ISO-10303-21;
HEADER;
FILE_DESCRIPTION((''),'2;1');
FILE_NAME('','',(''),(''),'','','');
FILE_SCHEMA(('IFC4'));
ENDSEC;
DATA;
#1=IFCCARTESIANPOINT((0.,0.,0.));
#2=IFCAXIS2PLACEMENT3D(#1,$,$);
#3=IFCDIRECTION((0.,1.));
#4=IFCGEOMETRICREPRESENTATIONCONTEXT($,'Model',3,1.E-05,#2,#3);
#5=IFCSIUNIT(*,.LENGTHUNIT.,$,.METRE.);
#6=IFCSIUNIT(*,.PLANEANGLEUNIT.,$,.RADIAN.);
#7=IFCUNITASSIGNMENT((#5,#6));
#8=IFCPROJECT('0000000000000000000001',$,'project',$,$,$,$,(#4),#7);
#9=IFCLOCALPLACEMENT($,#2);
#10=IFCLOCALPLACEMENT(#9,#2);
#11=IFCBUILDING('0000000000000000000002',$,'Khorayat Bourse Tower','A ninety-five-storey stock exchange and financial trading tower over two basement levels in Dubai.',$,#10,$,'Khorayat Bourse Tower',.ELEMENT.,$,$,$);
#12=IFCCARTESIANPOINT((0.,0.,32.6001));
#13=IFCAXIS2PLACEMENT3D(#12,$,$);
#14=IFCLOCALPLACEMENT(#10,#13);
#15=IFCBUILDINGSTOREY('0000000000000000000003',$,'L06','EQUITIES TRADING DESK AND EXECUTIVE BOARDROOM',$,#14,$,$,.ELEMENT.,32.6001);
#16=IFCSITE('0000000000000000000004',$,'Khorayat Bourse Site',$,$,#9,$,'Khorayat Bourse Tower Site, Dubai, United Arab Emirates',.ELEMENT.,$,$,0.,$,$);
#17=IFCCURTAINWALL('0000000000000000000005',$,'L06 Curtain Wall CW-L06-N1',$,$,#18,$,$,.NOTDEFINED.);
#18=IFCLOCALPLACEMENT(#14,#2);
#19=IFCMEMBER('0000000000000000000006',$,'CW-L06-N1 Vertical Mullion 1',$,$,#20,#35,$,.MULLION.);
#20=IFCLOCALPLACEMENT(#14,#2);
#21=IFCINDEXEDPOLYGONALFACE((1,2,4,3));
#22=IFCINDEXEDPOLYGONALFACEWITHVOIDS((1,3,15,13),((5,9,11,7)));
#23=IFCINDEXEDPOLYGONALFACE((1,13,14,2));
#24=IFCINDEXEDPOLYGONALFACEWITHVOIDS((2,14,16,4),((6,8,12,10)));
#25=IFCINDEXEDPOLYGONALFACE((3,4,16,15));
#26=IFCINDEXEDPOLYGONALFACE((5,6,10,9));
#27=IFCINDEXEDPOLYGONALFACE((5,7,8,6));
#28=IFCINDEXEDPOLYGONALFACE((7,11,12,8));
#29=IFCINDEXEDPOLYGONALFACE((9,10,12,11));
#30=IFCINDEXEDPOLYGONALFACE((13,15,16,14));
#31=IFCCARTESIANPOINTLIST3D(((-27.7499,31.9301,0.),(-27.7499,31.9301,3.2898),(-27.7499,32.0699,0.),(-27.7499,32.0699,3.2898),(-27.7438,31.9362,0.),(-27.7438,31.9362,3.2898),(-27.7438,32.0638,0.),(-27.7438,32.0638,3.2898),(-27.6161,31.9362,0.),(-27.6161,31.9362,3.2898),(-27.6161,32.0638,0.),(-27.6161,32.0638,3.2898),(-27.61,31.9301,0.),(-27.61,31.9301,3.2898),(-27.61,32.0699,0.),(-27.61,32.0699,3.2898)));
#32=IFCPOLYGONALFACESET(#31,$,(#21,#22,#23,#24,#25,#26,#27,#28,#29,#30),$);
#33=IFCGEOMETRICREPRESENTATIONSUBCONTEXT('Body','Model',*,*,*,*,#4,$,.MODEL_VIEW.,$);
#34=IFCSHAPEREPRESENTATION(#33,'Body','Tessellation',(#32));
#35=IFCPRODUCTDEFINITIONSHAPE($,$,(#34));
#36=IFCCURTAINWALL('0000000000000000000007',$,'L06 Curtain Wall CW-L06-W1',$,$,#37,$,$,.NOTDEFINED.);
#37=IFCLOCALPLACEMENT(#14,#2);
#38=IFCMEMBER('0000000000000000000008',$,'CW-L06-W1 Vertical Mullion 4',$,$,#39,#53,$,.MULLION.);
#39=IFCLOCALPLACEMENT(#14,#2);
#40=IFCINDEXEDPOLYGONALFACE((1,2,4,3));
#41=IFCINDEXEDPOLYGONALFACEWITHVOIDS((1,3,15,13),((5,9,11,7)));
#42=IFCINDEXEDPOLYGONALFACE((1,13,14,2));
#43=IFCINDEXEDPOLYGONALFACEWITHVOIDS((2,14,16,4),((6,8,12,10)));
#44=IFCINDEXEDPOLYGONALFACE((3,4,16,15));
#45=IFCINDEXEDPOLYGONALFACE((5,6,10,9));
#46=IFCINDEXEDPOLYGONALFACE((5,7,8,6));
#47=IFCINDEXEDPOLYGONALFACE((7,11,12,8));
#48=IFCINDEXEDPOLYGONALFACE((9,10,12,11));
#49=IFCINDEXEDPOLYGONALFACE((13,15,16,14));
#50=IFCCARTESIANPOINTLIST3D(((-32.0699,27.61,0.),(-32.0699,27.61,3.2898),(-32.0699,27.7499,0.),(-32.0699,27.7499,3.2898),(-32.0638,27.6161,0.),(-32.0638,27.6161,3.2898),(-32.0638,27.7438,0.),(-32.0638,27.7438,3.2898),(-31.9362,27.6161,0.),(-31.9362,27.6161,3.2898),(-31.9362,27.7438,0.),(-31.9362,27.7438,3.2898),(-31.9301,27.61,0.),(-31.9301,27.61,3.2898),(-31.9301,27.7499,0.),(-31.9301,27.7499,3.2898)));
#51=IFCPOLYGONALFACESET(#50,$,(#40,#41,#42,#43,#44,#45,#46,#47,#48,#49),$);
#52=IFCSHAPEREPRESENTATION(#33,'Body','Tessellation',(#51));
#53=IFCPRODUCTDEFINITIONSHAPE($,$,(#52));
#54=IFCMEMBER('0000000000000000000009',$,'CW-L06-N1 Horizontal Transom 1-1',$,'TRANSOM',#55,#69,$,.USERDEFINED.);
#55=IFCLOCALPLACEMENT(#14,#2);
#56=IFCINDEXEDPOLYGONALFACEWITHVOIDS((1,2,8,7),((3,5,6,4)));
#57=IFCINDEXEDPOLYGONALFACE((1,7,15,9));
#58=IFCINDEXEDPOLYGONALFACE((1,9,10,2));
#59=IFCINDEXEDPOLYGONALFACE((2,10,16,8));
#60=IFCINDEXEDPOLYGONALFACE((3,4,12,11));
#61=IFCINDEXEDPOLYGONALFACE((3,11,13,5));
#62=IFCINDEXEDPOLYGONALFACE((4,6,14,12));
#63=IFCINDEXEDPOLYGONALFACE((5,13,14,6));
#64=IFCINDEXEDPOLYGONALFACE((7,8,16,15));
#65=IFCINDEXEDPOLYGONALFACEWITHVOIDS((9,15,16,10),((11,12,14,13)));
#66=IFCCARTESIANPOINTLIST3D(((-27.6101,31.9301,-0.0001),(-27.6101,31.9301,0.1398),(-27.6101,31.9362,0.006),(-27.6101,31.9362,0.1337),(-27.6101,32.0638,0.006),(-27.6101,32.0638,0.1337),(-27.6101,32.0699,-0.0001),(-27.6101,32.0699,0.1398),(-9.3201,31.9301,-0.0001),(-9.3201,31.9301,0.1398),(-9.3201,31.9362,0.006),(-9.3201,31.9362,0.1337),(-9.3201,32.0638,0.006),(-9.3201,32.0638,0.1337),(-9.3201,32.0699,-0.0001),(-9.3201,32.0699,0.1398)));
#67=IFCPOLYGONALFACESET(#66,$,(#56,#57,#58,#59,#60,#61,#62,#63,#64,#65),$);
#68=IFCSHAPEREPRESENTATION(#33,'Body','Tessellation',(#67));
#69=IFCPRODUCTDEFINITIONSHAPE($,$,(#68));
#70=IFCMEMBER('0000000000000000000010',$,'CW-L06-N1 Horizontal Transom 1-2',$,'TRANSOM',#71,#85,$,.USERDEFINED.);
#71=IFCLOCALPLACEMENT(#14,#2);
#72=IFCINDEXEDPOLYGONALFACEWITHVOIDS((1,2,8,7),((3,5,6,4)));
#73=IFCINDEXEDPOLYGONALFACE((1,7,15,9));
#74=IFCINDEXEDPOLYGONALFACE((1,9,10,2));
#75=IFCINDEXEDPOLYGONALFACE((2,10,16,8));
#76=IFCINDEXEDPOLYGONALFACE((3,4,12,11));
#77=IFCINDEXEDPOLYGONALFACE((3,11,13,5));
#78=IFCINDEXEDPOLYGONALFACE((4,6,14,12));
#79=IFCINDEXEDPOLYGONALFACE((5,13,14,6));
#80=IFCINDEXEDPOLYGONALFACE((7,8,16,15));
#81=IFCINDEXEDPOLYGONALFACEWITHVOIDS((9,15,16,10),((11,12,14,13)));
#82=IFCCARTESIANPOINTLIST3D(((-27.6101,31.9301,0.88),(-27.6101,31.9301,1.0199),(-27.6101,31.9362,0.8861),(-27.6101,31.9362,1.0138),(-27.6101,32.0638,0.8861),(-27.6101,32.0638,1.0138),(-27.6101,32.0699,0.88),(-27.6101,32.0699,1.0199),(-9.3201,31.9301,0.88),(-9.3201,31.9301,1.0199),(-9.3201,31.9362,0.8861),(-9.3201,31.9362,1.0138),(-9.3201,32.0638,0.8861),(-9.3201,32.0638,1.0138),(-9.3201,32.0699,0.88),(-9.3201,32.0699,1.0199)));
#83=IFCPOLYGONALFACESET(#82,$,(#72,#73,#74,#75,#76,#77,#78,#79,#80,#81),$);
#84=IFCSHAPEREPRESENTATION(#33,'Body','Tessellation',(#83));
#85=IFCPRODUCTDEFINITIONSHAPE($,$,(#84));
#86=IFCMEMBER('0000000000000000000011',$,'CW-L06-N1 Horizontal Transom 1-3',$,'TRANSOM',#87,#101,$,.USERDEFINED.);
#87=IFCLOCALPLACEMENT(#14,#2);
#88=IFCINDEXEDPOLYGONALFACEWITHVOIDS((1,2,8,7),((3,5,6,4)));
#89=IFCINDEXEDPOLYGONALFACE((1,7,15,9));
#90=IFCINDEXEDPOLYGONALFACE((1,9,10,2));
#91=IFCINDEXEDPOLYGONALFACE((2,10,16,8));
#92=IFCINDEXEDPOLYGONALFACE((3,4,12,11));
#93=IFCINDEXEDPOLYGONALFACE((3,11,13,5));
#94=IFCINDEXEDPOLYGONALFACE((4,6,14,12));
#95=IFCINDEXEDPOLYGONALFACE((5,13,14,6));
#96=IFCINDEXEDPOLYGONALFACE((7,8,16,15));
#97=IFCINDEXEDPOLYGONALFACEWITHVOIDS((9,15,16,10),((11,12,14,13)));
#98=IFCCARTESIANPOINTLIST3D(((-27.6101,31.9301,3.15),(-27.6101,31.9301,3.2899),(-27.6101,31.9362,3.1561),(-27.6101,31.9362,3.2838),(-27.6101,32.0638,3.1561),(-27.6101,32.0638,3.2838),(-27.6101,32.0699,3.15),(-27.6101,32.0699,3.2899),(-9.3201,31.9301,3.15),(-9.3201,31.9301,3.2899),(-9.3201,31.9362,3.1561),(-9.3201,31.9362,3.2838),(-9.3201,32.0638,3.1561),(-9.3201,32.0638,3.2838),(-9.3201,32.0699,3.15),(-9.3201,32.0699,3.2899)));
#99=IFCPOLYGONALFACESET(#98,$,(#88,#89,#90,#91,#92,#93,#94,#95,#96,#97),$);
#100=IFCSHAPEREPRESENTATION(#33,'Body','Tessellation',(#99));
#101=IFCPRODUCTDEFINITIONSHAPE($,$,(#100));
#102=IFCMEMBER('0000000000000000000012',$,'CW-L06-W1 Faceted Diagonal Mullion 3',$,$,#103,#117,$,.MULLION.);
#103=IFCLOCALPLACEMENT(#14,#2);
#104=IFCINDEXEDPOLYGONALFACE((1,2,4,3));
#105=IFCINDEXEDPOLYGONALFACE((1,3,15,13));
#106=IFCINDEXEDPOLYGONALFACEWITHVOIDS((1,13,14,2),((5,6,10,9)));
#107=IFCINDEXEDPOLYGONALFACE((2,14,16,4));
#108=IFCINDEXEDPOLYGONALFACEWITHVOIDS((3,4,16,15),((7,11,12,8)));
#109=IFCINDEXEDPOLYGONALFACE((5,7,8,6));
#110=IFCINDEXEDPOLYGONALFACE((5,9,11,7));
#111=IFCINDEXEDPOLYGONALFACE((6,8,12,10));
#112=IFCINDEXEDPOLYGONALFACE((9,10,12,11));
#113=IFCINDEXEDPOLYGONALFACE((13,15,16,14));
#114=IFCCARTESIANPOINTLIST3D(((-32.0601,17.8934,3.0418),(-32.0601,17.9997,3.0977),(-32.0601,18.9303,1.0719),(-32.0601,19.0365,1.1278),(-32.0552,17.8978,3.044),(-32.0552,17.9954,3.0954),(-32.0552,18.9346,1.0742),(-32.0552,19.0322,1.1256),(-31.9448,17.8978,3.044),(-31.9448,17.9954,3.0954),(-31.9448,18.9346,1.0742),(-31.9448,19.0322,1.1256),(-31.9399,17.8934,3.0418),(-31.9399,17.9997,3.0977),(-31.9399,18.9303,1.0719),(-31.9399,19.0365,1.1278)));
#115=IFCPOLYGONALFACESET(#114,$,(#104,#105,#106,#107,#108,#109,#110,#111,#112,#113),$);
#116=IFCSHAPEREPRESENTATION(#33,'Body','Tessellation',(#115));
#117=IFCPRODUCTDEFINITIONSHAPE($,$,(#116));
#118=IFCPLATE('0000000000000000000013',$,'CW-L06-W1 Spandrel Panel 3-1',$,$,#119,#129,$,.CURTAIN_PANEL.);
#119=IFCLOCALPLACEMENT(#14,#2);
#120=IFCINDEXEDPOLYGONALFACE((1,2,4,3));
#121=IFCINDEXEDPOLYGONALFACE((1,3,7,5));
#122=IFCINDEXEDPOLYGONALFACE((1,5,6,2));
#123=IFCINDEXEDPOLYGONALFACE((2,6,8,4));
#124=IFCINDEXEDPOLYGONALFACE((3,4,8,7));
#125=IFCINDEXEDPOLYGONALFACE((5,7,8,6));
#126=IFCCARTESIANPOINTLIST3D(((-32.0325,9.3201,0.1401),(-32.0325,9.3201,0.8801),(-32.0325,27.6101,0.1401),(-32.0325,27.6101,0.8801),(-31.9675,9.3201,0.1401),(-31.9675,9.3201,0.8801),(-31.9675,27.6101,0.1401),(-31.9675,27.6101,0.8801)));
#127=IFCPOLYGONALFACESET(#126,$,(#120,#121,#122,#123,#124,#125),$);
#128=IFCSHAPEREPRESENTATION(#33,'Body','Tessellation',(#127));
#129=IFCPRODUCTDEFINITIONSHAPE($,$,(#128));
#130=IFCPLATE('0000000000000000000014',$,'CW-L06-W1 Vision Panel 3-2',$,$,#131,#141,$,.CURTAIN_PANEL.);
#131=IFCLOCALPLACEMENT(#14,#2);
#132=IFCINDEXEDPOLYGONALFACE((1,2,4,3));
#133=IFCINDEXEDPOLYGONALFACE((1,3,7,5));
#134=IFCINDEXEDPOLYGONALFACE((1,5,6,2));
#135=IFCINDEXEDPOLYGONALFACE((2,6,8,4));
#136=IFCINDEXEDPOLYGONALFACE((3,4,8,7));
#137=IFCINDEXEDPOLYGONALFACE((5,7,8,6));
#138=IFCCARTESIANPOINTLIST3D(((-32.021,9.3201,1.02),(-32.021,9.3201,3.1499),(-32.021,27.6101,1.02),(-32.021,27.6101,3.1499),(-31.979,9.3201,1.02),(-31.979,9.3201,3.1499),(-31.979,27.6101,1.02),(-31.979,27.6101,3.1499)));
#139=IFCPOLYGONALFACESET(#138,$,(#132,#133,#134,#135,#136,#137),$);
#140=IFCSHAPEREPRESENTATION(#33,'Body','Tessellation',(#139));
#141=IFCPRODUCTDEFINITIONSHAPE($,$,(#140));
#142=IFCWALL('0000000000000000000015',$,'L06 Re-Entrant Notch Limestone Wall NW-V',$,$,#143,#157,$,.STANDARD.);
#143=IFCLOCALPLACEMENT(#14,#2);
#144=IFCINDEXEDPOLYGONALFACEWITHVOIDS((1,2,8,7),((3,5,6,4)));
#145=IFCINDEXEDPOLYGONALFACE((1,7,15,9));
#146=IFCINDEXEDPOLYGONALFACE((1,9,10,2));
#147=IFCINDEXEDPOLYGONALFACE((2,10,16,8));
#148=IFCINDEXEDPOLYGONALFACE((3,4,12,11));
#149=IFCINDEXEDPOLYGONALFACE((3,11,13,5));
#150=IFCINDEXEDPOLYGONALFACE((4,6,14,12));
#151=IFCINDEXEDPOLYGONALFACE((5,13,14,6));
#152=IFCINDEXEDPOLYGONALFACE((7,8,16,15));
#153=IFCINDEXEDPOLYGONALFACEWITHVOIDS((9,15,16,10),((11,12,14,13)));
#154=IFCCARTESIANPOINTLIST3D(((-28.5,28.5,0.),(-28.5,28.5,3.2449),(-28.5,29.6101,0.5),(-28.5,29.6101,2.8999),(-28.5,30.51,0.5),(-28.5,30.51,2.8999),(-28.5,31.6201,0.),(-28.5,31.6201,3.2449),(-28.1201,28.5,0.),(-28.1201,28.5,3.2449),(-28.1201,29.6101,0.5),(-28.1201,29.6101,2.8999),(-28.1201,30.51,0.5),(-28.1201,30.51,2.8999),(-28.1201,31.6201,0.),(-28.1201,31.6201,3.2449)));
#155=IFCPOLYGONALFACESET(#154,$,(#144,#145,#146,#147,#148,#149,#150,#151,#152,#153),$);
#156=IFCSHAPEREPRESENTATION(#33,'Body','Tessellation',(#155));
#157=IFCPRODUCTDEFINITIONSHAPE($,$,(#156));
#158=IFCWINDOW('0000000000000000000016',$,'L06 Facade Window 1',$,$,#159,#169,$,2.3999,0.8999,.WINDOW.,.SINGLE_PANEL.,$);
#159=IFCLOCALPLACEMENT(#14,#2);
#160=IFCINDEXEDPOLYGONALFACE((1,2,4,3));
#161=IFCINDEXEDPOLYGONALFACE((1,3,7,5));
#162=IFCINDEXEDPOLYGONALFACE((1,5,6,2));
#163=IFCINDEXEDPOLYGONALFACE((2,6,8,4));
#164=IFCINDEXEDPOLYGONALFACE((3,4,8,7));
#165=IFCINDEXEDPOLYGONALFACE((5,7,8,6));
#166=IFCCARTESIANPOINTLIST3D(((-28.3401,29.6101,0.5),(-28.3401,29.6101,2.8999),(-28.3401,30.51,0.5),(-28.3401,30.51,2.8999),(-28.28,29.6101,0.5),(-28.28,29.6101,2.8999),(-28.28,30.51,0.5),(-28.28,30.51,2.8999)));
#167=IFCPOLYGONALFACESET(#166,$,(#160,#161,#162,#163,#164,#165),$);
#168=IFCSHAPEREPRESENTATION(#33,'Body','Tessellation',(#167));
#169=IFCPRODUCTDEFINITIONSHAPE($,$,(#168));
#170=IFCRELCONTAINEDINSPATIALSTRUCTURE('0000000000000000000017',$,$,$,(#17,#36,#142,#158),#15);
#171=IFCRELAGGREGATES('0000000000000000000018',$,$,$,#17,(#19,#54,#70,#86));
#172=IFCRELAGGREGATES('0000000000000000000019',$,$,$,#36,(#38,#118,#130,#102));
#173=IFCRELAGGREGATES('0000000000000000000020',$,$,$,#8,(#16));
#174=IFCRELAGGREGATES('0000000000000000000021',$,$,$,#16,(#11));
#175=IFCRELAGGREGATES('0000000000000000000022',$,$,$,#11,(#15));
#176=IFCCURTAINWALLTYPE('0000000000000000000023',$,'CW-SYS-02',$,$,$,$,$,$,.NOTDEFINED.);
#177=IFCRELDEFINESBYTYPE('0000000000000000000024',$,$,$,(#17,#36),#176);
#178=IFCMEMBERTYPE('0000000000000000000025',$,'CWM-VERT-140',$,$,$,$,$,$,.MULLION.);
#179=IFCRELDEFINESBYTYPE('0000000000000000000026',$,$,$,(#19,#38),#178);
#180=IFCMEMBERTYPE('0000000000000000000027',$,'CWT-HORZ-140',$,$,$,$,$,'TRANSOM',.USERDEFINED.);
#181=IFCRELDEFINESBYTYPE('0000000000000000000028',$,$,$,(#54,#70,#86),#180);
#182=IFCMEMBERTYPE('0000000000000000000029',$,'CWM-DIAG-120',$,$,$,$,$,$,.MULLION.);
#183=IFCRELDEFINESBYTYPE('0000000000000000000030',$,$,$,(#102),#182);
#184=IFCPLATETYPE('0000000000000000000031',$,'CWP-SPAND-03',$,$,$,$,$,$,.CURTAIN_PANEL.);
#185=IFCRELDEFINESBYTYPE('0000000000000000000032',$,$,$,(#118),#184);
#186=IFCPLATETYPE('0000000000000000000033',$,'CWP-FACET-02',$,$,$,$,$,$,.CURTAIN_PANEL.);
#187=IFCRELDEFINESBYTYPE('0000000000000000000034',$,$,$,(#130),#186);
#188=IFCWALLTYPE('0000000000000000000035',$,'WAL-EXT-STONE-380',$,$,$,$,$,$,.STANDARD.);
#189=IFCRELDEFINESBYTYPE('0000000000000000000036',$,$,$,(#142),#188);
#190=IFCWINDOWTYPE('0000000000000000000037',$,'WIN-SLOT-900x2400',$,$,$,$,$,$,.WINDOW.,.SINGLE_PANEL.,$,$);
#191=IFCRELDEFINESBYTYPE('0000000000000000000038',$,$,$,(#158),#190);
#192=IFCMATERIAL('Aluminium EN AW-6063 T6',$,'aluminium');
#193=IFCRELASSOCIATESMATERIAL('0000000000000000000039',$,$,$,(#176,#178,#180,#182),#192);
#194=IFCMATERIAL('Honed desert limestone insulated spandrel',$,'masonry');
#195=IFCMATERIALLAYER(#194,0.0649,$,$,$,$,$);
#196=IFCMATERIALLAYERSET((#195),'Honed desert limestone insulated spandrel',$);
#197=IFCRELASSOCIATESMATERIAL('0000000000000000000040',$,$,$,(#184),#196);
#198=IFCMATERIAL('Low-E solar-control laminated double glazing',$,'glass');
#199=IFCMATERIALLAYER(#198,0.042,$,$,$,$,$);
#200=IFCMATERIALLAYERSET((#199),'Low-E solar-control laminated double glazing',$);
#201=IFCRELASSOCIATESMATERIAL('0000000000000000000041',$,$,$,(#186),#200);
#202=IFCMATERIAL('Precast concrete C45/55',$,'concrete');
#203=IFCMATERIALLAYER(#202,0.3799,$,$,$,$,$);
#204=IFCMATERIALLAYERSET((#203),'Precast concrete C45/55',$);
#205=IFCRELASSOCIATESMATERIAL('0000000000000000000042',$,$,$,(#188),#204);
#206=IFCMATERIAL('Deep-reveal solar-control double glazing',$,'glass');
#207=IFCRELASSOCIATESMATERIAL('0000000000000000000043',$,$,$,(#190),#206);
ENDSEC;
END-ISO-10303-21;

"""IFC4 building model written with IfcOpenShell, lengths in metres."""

from ifc_helpers import new_model, si_unit, direction, frame, frame_2d, origin, origin_2d, place, context, subcontext, project, spatial, rectangle, hollow_rectangle, extrude, source, transform, mapped, material, layer, layer_set, material_profile, profile_set, type_object, element, fill, aggregate, save


model = new_model("IFC4")

# Units and contexts
model_context = context("Model", 3, precision=1e-05, world=origin(), true_north=direction((0.0, 1.0)))
body_context = subcontext(model_context, "Body", "Model", "MODEL_VIEW")
ifc_project = project(units=[si_unit("LENGTHUNIT", "METRE"), si_unit("PLANEANGLEUNIT", "RADIAN")], contexts=[model_context])

# Site, building, storey
site_placement = place(None, origin())
site = spatial("IfcSite", under=ifc_project, at=site_placement, Name="Khorayat Bourse Site", LongName="Khorayat Bourse Tower Site, Dubai, United Arab Emirates", CompositionType="ELEMENT", RefElevation=0.0)
building_placement = place(site_placement, origin())
building = spatial("IfcBuilding", under=site, at=building_placement, Name="Khorayat Bourse Tower", Description="A ninety-five-storey stock exchange and financial trading tower over two basement levels in Dubai.", LongName="Khorayat Bourse Tower", CompositionType="ELEMENT")
storey_placement = place(building_placement, frame((0.0, 0.0, 32.6001)))
storey = spatial("IfcBuildingStorey", under=building, at=storey_placement, Name="L06", Description="EQUITIES TRADING DESK AND EXECUTIVE BOARDROOM", CompositionType="ELEMENT", Elevation=32.6001)

# Curtain walls, members
ifc_material_1 = material(Name="Aluminium EN AW-6063 T6", Category="aluminium")
curtain_wall_type = type_object("IfcCurtainWallType", Name="CW-SYS-02", PredefinedType="NOTDEFINED", material=ifc_material_1)
curtain_wall_1_placement = place(storey_placement, origin())
curtain_wall_1 = element("IfcCurtainWall", 1, at=curtain_wall_1_placement, inside=storey, type_object=curtain_wall_type, Name="L06 Curtain Wall CW-L06-N1", PredefinedType="NOTDEFINED")
ifc_material_profile_1 = material_profile(ifc_material_1, hollow_rectangle(XDim=0.1399, YDim=0.1399, WallThickness=0.0061, at=origin_2d()), Name="ALU 140x140x6")
ifc_profile_set_1 = profile_set([ifc_material_profile_1], Name="Aluminium EN AW-6063 T6")
member_type_1 = type_object("IfcMemberType", Name="CWM-VERT-140", PredefinedType="MULLION", material=ifc_profile_set_1)
shared_shape_1 = source(origin(), body_context, "Body", "SweptSolid", [
    extrude(hollow_rectangle(XDim=0.1399, YDim=0.1399, WallThickness=0.0061, at=origin_2d()), origin(), (0.0, 0.0, 1.0), 3.2898),
])
member_1_placement = place(storey_placement, frame((-27.6799, 32.0, 0.0), z_axis=(0.0, 0.0, 1.0), x_axis=(0.0, 1.0, 0.0)))
member_1 = element("IfcMember", 2, at=member_1_placement, type_object=member_type_1, Name="CW-L06-N1 Vertical Mullion 1", PredefinedType="MULLION", context=body_context, shape_type="MappedRepresentation", body=[
    mapped(shared_shape_1, transform((0.0, 0.0, 0.0), scale=1.0)),
])
curtain_wall_2_placement = place(storey_placement, origin())
curtain_wall_2 = element("IfcCurtainWall", 3, at=curtain_wall_2_placement, inside=storey, type_object=curtain_wall_type, Name="L06 Curtain Wall CW-L06-W1", PredefinedType="NOTDEFINED")
member_2_placement = place(storey_placement, frame((-32.0, 27.6799, 0.0), z_axis=(0.0, 0.0, 1.0), x_axis=(-1.0, 0.0, 0.0)))
member_2 = element("IfcMember", 4, at=member_2_placement, type_object=member_type_1, Name="CW-L06-W1 Vertical Mullion 4", PredefinedType="MULLION", context=body_context, shape_type="MappedRepresentation", body=[
    mapped(shared_shape_1, transform((0.0, 0.0, 0.0), scale=1.0)),
])

# Members
ifc_material_profile_2 = material_profile(ifc_material_1, hollow_rectangle(XDim=0.1399, YDim=0.1399, WallThickness=0.0061, at=origin_2d()), Name="ALU 140x140x6")
ifc_profile_set_2 = profile_set([ifc_material_profile_2], Name="Aluminium EN AW-6063 T6")
member_type_2 = type_object("IfcMemberType", Name="CWT-HORZ-140", ElementType="TRANSOM", PredefinedType="USERDEFINED", material=ifc_profile_set_2)
shared_shape_2 = source(origin(), body_context, "Body", "SweptSolid", [
    extrude(hollow_rectangle(XDim=0.1399, YDim=0.1399, WallThickness=0.0061, at=origin_2d()), origin(), (0.0, 0.0, 1.0), 18.29),
])
member_3_placement = place(storey_placement, frame((-27.6101, 32.0, 0.0698), z_axis=(1.0, 0.0, 0.0), x_axis=(0.0, 1.0, 0.0)))
member_3 = element("IfcMember", 5, at=member_3_placement, type_object=member_type_2, Name="CW-L06-N1 Horizontal Transom 1-1", ObjectType="TRANSOM", PredefinedType="USERDEFINED", context=body_context, shape_type="MappedRepresentation", body=[
    mapped(shared_shape_2, transform((0.0, 0.0, 0.0), scale=1.0)),
])
member_4_placement = place(storey_placement, frame((-27.6101, 32.0, 0.95), z_axis=(1.0, 0.0, 0.0), x_axis=(0.0, 1.0, 0.0)))
member_4 = element("IfcMember", 6, at=member_4_placement, type_object=member_type_2, Name="CW-L06-N1 Horizontal Transom 1-2", ObjectType="TRANSOM", PredefinedType="USERDEFINED", context=body_context, shape_type="MappedRepresentation", body=[
    mapped(shared_shape_2, transform((0.0, 0.0, 0.0), scale=1.0)),
])
member_5_placement = place(storey_placement, frame((-27.6101, 32.0, 3.22), z_axis=(1.0, 0.0, 0.0), x_axis=(0.0, 1.0, 0.0)))
member_5 = element("IfcMember", 7, at=member_5_placement, type_object=member_type_2, Name="CW-L06-N1 Horizontal Transom 1-3", ObjectType="TRANSOM", PredefinedType="USERDEFINED", context=body_context, shape_type="MappedRepresentation", body=[
    mapped(shared_shape_2, transform((0.0, 0.0, 0.0), scale=1.0)),
])
aggregate(curtain_wall_1, [member_1, member_3, member_4, member_5])
ifc_material_profile_3 = material_profile(ifc_material_1, hollow_rectangle(XDim=0.1201, YDim=0.1201, WallThickness=0.0049, at=origin_2d()), Name="ALU 120x120x5")
ifc_profile_set_3 = profile_set([ifc_material_profile_3], Name="Aluminium EN AW-6063 T6")
member_type_3 = type_object("IfcMemberType", Name="CWM-DIAG-120", PredefinedType="MULLION", material=ifc_profile_set_3)
shared_shape_3 = source(origin(), body_context, "Body", "SweptSolid", [
    extrude(hollow_rectangle(XDim=0.1201, YDim=0.1201, WallThickness=0.0049, at=origin_2d()), origin(), (0.0, 0.0, 1.0), 2.2261),
])
member_6_placement = place(storey_placement, frame((-32.0, 18.9834, 1.0999), z_axis=(0.0, -0.46576, 0.884911), x_axis=(1.0, 0.0, 0.0)))
member_6 = element("IfcMember", 8, at=member_6_placement, type_object=member_type_3, Name="CW-L06-W1 Faceted Diagonal Mullion 3", PredefinedType="MULLION", context=body_context, shape_type="MappedRepresentation", body=[
    mapped(shared_shape_3, transform((0.0, 0.0, 0.0), scale=1.0)),
])

# Plates
ifc_material_2 = material(Name="Honed desert limestone insulated spandrel", Category="masonry")
ifc_layer_1 = layer(ifc_material_2, 0.0649)
ifc_layer_set_1 = layer_set([ifc_layer_1], Name="Honed desert limestone insulated spandrel")
plate_type_1 = type_object("IfcPlateType", Name="CWP-SPAND-03", PredefinedType="CURTAIN_PANEL", material=ifc_layer_set_1)
shared_shape_4 = source(origin(), body_context, "Body", "SweptSolid", [
    extrude(rectangle(XDim=18.29, YDim=0.0649, at=origin_2d()), origin(), (0.0, 0.0, 1.0), 0.74),
])
plate_1_placement = place(storey_placement, frame((-32.0, 18.4651, 0.1401), z_axis=(0.0, 0.0, 1.0), x_axis=(0.0, 1.0, 0.0)))
plate_1 = element("IfcPlate", 9, at=plate_1_placement, type_object=plate_type_1, Name="CW-L06-W1 Spandrel Panel 3-1", PredefinedType="CURTAIN_PANEL", context=body_context, shape_type="MappedRepresentation", body=[
    mapped(shared_shape_4, transform((0.0, 0.0, 0.0), scale=1.0)),
])
ifc_material_3 = material(Name="Low-E solar-control laminated double glazing", Category="glass")
ifc_layer_2 = layer(ifc_material_3, 0.042)
ifc_layer_set_2 = layer_set([ifc_layer_2], Name="Low-E solar-control laminated double glazing")
plate_type_2 = type_object("IfcPlateType", Name="CWP-FACET-02", PredefinedType="CURTAIN_PANEL", material=ifc_layer_set_2)
shared_shape_5 = source(origin(), body_context, "Body", "SweptSolid", [
    extrude(rectangle(XDim=18.29, YDim=0.042, at=origin_2d()), origin(), (0.0, 0.0, 1.0), 2.1299),
])
plate_2_placement = place(storey_placement, frame((-32.0, 18.4651, 1.02), z_axis=(0.0, 0.0, 1.0), x_axis=(0.0, 1.0, 0.0)))
plate_2 = element("IfcPlate", 10, at=plate_2_placement, type_object=plate_type_2, Name="CW-L06-W1 Vision Panel 3-2", PredefinedType="CURTAIN_PANEL", context=body_context, shape_type="MappedRepresentation", body=[
    mapped(shared_shape_5, transform((0.0, 0.0, 0.0), scale=1.0)),
])
aggregate(curtain_wall_2, [member_2, plate_1, plate_2, member_6])

# Wall, opening, window
ifc_material_4 = material(Name="Precast concrete C45/55", Category="concrete")
ifc_layer_3 = layer(ifc_material_4, 0.3799)
ifc_layer_set_3 = layer_set([ifc_layer_3], Name="Precast concrete C45/55")
wall_type_1 = type_object("IfcWallType", Name="WAL-EXT-STONE-380", PredefinedType="STANDARD", material=ifc_layer_set_3)
shared_shape_6 = source(origin(), body_context, "Body", "SweptSolid", [
    extrude(rectangle(XDim=3.1201, YDim=0.3799, at=frame_2d((1.5601, 0.0))), origin(), (0.0, 0.0, 1.0), 3.2449),
])
wall_1_placement = place(storey_placement, frame((-28.3101, 28.5, 0.0), z_axis=(0.0, 0.0, 1.0), x_axis=(0.0, 1.0, 0.0)))
wall_1 = element("IfcWall", 11, at=wall_1_placement, inside=storey, type_object=wall_type_1, Name="L06 Re-Entrant Notch Limestone Wall NW-V", PredefinedType="STANDARD", context=body_context, shape_type="MappedRepresentation", body=[
    mapped(shared_shape_6, transform((0.0, 0.0, 0.0), scale=1.0)),
])
shared_shape_7 = source(origin(), body_context, "Body", "SweptSolid", [
    extrude(rectangle(XDim=0.8999, YDim=2.3999, at=frame_2d((0.45, 1.2))), frame((0.0, 0.2, 0.0), z_axis=(0.0, -1.0, 0.0), x_axis=(1.0, 0.0, 0.0)), (0.0, 0.0, 1.0), 0.3999),
])
opening_1_placement = place(wall_1_placement, frame((1.1101, 0.0, 0.5)))
opening_1 = element("IfcOpeningElement", 12, at=opening_1_placement, cuts=wall_1, PredefinedType="OPENING", context=body_context, shape_type="MappedRepresentation", body=[
    mapped(shared_shape_7, transform((0.0, 0.0, 0.0), scale=1.0)),
])
ifc_material_5 = material(Name="Deep-reveal solar-control double glazing", Category="glass")
window_type = type_object("IfcWindowType", Name="WIN-SLOT-900x2400", PartitioningType="SINGLE_PANEL", PredefinedType="WINDOW", material=ifc_material_5)
shared_shape_8 = source(origin(), body_context, "Body", "SweptSolid", [
    extrude(rectangle(XDim=0.8999, YDim=2.3999, at=frame_2d((0.45, 1.2))), frame((0.0, 0.03, 0.0), z_axis=(0.0, -1.0, 0.0), x_axis=(1.0, 0.0, 0.0)), (0.0, 0.0, 1.0), 0.0601),
])
window_1_placement = place(opening_1_placement, origin())
window_1 = element("IfcWindow", 13, at=window_1_placement, inside=storey, type_object=window_type, Name="L06 Facade Window 1", OverallHeight=2.3999, OverallWidth=0.8999, PartitioningType="SINGLE_PANEL", PredefinedType="WINDOW", context=body_context, shape_type="MappedRepresentation", body=[
    mapped(shared_shape_8, transform((0.0, 0.0, 0.0), scale=1.0)),
])
fill(opening_1, window_1)

save(model, "model.ifc")
